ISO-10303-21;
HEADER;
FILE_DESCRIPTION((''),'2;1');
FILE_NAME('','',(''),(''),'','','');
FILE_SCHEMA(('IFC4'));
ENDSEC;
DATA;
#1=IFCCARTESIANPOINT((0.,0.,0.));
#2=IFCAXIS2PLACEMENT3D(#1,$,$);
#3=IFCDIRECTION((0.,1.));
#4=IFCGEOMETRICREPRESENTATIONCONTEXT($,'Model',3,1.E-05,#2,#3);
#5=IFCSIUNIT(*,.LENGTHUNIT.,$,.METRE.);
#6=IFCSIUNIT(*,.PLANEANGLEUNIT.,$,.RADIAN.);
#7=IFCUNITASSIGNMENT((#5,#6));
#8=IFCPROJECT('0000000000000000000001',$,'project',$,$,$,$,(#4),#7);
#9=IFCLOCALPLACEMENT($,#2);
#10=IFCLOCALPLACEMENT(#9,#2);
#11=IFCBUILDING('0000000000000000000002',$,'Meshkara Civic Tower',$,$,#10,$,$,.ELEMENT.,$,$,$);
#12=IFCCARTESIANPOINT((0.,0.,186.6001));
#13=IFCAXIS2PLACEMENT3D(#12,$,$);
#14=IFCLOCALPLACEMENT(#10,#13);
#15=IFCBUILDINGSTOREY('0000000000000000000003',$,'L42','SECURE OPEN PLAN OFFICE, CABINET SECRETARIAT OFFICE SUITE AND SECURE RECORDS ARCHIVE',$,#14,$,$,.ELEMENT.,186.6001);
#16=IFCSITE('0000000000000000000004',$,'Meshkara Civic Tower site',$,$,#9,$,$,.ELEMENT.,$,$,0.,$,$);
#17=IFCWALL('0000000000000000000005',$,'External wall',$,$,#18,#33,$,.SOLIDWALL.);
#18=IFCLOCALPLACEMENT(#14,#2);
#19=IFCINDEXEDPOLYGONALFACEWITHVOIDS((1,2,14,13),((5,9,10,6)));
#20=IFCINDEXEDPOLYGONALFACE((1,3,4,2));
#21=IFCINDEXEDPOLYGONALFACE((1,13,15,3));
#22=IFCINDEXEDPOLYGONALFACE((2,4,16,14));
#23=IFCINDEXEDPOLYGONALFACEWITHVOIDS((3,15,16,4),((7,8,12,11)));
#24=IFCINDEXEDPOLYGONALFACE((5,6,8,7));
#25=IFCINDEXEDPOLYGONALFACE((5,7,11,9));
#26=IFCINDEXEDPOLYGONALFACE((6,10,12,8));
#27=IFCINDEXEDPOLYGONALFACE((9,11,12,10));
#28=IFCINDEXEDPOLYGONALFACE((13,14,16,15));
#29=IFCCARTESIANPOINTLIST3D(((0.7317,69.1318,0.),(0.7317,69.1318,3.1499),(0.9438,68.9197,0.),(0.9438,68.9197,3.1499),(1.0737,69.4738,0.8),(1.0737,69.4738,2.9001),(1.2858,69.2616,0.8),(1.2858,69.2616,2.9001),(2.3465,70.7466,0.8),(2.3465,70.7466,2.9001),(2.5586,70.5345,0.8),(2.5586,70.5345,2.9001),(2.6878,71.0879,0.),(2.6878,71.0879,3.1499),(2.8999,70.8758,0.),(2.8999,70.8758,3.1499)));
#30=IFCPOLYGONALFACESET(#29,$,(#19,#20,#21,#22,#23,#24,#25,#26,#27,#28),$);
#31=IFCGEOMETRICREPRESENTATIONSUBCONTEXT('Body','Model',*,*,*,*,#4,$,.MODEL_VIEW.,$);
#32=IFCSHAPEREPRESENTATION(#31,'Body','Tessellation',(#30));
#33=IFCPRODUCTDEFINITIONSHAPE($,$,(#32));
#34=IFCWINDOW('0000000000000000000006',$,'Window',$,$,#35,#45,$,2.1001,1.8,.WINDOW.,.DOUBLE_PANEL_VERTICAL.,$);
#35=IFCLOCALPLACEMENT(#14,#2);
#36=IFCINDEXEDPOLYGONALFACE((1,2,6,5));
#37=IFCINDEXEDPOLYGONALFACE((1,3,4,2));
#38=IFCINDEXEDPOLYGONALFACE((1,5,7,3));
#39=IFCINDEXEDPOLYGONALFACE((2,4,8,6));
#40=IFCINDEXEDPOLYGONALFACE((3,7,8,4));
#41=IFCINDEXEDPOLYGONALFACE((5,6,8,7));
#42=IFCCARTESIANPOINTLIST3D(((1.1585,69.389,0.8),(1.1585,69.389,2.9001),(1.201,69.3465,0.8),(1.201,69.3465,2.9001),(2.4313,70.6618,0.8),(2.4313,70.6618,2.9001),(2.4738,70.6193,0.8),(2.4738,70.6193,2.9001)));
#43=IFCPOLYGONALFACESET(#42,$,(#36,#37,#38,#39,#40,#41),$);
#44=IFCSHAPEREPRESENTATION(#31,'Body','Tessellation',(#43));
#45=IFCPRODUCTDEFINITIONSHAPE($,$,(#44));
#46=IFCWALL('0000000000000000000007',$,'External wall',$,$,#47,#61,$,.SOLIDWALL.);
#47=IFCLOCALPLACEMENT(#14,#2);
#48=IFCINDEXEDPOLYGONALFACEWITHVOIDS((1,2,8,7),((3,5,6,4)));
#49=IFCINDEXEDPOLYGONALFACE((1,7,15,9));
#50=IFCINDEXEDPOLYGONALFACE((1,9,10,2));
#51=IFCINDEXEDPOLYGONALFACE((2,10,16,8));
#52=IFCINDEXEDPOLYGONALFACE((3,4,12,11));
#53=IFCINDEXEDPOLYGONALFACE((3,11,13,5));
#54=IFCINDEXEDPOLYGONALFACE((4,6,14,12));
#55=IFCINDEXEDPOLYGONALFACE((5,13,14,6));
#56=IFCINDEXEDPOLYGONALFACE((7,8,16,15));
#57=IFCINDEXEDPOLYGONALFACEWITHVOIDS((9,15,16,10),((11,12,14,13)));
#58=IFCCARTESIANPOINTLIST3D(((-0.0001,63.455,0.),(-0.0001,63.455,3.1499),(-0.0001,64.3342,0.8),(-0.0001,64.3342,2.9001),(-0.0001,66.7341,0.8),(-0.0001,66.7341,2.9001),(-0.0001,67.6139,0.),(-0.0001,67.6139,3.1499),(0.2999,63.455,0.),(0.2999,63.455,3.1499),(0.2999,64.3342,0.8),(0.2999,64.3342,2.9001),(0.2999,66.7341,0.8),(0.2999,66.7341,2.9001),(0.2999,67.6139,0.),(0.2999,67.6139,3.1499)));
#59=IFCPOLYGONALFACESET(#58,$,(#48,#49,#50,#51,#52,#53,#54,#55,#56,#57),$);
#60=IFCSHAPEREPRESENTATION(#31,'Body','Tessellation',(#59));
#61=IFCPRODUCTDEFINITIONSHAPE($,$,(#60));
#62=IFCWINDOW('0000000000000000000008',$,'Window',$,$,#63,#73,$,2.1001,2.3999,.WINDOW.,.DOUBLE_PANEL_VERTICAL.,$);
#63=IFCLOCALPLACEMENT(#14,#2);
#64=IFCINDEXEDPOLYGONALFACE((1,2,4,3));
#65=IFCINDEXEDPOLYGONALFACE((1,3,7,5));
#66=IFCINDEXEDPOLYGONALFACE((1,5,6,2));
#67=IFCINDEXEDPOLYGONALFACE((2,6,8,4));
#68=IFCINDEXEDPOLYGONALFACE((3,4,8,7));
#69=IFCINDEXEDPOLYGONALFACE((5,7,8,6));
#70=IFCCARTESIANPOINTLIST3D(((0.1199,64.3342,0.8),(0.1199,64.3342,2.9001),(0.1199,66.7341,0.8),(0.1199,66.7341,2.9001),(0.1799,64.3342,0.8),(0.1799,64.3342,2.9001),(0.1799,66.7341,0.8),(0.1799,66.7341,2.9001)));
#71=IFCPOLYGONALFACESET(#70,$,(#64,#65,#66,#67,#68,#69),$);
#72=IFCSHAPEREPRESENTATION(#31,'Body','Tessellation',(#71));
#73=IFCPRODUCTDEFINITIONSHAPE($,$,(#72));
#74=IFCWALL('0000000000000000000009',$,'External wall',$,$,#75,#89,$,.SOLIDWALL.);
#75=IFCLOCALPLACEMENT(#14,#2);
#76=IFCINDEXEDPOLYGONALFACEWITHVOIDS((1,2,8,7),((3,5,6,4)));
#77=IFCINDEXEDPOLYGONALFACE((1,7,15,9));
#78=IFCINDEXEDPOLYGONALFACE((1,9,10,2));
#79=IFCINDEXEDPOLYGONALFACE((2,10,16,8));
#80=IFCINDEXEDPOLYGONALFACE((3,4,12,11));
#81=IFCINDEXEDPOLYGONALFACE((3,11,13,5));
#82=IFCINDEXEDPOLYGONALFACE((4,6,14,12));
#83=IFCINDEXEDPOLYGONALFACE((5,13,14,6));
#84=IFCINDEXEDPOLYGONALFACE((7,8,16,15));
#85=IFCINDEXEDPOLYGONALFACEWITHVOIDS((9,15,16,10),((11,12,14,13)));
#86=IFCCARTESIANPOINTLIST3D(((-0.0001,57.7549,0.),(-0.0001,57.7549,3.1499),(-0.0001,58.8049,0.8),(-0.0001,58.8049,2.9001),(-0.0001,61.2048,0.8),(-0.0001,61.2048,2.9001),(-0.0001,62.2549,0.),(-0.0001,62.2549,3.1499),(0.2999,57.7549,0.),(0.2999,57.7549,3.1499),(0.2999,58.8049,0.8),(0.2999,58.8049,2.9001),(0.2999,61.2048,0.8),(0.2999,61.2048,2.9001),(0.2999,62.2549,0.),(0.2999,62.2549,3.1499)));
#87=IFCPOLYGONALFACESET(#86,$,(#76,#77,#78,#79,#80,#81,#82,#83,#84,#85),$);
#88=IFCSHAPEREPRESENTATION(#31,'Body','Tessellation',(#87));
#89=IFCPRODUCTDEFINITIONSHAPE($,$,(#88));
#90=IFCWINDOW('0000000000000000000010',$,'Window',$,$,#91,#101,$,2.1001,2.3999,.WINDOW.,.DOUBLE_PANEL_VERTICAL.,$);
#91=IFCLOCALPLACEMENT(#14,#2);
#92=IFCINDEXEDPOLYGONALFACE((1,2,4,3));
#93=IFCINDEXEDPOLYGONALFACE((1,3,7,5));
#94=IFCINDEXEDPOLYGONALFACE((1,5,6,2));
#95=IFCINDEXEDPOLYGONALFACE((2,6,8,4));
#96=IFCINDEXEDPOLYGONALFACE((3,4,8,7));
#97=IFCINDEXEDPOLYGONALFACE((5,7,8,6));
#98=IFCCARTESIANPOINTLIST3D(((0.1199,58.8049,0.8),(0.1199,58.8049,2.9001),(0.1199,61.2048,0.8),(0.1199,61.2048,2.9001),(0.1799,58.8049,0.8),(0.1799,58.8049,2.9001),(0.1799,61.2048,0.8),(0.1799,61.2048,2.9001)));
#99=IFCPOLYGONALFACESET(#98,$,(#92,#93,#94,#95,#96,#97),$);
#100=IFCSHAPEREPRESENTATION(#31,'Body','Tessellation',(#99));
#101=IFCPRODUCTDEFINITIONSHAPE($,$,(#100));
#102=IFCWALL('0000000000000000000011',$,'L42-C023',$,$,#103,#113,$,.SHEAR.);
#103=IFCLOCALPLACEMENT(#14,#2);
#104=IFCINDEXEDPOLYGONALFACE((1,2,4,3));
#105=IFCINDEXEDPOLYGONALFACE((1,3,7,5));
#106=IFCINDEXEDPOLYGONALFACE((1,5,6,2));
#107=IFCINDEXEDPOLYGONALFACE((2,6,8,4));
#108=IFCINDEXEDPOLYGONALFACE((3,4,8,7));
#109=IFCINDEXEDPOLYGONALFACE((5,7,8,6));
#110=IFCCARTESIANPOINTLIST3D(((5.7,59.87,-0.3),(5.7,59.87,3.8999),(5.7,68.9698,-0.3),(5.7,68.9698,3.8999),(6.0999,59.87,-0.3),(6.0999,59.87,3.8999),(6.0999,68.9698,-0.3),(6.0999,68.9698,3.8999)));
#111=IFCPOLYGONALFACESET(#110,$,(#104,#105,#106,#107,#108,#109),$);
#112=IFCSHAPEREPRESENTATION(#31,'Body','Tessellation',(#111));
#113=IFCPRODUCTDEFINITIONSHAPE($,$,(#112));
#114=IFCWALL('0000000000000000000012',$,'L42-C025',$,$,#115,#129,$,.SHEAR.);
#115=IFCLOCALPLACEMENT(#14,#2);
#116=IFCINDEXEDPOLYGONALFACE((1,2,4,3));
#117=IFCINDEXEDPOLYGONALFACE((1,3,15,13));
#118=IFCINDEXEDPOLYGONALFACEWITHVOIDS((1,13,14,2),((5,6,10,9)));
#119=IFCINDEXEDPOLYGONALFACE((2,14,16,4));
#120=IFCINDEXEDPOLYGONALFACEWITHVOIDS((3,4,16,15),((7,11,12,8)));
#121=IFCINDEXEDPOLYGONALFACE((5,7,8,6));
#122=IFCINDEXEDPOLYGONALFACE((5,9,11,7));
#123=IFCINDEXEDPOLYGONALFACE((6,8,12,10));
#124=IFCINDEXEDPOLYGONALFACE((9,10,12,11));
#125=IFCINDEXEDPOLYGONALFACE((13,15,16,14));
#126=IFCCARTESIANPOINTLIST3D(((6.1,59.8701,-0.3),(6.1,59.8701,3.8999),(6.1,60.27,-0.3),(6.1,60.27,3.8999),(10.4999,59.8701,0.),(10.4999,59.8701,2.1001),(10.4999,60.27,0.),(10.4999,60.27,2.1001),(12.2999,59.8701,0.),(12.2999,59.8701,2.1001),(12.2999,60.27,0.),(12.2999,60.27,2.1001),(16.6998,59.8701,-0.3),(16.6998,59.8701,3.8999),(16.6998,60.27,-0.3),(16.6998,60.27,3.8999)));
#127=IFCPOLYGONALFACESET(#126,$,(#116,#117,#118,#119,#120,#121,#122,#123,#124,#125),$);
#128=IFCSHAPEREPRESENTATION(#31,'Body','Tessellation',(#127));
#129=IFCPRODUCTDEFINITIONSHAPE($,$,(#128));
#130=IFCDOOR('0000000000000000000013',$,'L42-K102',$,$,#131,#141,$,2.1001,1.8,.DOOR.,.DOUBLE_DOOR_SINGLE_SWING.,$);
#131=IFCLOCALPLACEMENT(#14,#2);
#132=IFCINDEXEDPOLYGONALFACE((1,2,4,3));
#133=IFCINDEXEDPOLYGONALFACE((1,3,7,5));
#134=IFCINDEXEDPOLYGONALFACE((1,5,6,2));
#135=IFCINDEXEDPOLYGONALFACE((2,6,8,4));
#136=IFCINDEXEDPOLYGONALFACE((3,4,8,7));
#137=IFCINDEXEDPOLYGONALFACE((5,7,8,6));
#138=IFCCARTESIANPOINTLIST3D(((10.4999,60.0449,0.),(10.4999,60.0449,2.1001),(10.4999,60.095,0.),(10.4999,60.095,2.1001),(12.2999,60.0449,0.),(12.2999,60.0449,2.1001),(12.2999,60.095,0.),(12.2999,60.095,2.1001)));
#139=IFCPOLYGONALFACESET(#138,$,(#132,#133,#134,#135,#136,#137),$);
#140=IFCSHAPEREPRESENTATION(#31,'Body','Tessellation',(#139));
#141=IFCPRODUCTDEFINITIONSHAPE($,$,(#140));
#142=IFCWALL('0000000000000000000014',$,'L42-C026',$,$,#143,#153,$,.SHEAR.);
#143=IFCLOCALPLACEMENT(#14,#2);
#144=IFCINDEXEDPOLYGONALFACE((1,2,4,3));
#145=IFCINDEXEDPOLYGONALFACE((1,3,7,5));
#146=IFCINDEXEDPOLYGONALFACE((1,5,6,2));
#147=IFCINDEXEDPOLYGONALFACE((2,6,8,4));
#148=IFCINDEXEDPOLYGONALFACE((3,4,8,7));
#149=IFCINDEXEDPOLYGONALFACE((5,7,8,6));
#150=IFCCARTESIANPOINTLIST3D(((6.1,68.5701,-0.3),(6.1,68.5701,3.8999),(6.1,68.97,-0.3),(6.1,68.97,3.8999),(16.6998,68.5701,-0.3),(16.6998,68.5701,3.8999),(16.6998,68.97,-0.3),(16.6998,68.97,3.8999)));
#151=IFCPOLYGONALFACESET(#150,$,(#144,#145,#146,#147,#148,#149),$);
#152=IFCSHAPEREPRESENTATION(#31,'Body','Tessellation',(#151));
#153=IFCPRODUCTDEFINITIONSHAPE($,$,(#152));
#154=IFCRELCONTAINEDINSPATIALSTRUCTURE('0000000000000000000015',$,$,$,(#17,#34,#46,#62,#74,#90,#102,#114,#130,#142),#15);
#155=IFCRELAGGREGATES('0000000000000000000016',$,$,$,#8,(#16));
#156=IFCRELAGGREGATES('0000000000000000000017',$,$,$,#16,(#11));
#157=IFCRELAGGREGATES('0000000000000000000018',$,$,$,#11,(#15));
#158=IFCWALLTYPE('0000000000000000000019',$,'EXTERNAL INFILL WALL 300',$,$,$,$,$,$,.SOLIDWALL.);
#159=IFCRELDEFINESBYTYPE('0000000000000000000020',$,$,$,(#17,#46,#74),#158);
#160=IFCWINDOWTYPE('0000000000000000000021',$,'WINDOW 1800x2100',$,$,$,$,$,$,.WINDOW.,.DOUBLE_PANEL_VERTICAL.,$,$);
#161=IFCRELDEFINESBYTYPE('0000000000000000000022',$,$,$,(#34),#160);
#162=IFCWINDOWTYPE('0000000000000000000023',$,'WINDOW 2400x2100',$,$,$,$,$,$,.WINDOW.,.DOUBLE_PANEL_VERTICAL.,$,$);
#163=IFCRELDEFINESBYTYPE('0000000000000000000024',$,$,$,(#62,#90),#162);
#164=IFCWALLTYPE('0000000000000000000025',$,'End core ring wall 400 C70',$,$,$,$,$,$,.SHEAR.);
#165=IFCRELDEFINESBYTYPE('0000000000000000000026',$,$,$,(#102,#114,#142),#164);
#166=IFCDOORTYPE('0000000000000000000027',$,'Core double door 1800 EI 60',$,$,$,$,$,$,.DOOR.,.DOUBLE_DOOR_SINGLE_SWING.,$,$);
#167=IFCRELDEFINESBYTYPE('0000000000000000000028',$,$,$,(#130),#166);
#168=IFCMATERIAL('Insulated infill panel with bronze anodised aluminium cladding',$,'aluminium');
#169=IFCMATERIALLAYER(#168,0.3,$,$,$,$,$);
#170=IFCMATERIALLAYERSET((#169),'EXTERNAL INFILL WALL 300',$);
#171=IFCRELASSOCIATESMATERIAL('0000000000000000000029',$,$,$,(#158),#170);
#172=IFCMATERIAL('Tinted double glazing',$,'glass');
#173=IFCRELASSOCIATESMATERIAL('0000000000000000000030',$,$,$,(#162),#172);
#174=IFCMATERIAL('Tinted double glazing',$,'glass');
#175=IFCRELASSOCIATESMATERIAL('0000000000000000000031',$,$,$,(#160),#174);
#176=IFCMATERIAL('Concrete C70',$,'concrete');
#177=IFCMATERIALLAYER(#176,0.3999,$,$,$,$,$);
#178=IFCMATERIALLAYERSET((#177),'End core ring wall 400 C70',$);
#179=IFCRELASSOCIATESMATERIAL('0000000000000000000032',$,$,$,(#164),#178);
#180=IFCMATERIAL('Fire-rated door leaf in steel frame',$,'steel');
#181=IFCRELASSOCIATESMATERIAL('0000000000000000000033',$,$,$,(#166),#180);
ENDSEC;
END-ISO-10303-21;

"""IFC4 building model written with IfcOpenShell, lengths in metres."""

from ifc_helpers import new_model, si_unit, direction, frame, frame_2d, origin, place, context, subcontext, project, spatial, rectangle, extrude, material, layer, layer_set, type_object, element, fill, save


model = new_model("IFC4")

# Units and contexts
model_context = context("Model", 3, precision=1e-05, world=origin(), true_north=direction((0.0, 1.0)))
body_context = subcontext(model_context, "Body", "Model", "MODEL_VIEW")
ifc_project = project(units=[si_unit("LENGTHUNIT", "METRE"), si_unit("PLANEANGLEUNIT", "RADIAN")], contexts=[model_context])

# Site, building, storey
site_placement = place(None, origin())
site = spatial("IfcSite", under=ifc_project, at=site_placement, Name="Meshkara Civic Tower site", CompositionType="ELEMENT", RefElevation=0.0)
building_placement = place(site_placement, origin())
building = spatial("IfcBuilding", under=site, at=building_placement, Name="Meshkara Civic Tower", CompositionType="ELEMENT")
storey_placement = place(building_placement, frame((0.0, 0.0, 186.6001)))
storey = spatial("IfcBuildingStorey", under=building, at=storey_placement, Name="L42", Description="SECURE OPEN PLAN OFFICE, CABINET SECRETARIAT OFFICE SUITE AND SECURE RECORDS ARCHIVE", CompositionType="ELEMENT", Elevation=186.6001)

# Walls, openings, windows
ifc_material_1 = material(Name="Insulated infill panel with bronze anodised aluminium cladding", Category="aluminium")
ifc_layer_1 = layer(ifc_material_1, 0.3)
ifc_layer_set_1 = layer_set([ifc_layer_1], Name="EXTERNAL INFILL WALL 300")
wall_type_1 = type_object("IfcWallType", Name="EXTERNAL INFILL WALL 300", PredefinedType="SOLIDWALL", material=ifc_layer_set_1)
ifc_material_2 = material(Name="Tinted double glazing", Category="glass")
window_type_1 = type_object("IfcWindowType", Name="WINDOW 2400x2100", PartitioningType="DOUBLE_PANEL_VERTICAL", PredefinedType="WINDOW", material=ifc_material_2)
wall_1_placement = place(storey_placement, frame((2.7939, 70.9819, 0.0), z_axis=(0.0, 0.0, 1.0), x_axis=(-0.707107, -0.707107, 0.0)))
wall_1 = element("IfcWall", 1, at=wall_1_placement, inside=storey, type_object=wall_type_1, Name="External wall", PredefinedType="SOLIDWALL", context=body_context, shape_type="SweptSolid", body=[
    extrude(rectangle(XDim=2.7664, YDim=0.3, at=frame_2d((1.3833, 0.0))), origin(), (0.0, 0.0, 1.0), 3.1499),
])
opening_1_placement = place(wall_1_placement, frame((0.4829, 0.0, 0.8)))
opening_1 = element("IfcOpeningElement", 2, at=opening_1_placement, cuts=wall_1, PredefinedType="OPENING", context=body_context, shape_type="SweptSolid", body=[
    extrude(rectangle(XDim=1.8, YDim=2.1001, at=frame_2d((0.8999, 1.05))), frame((0.0, 0.1599, 0.0), z_axis=(0.0, -1.0, 0.0), x_axis=(1.0, 0.0, 0.0)), (0.0, 0.0, 1.0), 0.3201),
])
ifc_material_3 = material(Name="Tinted double glazing", Category="glass")
window_type_2 = type_object("IfcWindowType", Name="WINDOW 1800x2100", PartitioningType="DOUBLE_PANEL_VERTICAL", PredefinedType="WINDOW", material=ifc_material_3)
window_1_placement = place(opening_1_placement, origin())
window_1 = element("IfcWindow", 3, at=window_1_placement, inside=storey, type_object=window_type_2, Name="Window", OverallHeight=2.1001, OverallWidth=1.8, PartitioningType="DOUBLE_PANEL_VERTICAL", PredefinedType="WINDOW", context=body_context, shape_type="SweptSolid", body=[
    extrude(rectangle(XDim=1.8, YDim=2.1001, at=frame_2d((0.8999, 1.05))), frame((0.0, 0.03, 0.0), z_axis=(0.0, -1.0, 0.0), x_axis=(1.0, 0.0, 0.0)), (0.0, 0.0, 1.0), 0.0601),
])
fill(opening_1, window_1)
wall_2_placement = place(storey_placement, frame((0.1499, 67.614, 0.0), z_axis=(0.0, 0.0, 1.0), x_axis=(0.0, -1.0, 0.0)))
wall_2 = element("IfcWall", 4, at=wall_2_placement, inside=storey, type_object=wall_type_1, Name="External wall", PredefinedType="SOLIDWALL", context=body_context, shape_type="SweptSolid", body=[
    extrude(rectangle(XDim=4.1589, YDim=0.3, at=frame_2d((2.0796, 0.0))), origin(), (0.0, 0.0, 1.0), 3.1499),
])
opening_2_placement = place(wall_2_placement, frame((0.8799, 0.0, 0.8)))
opening_2 = element("IfcOpeningElement", 5, at=opening_2_placement, cuts=wall_2, PredefinedType="OPENING", context=body_context, shape_type="SweptSolid", body=[
    extrude(rectangle(XDim=2.3999, YDim=2.1001, at=frame_2d((1.2, 1.05))), frame((0.0, 0.1599, 0.0), z_axis=(0.0, -1.0, 0.0), x_axis=(1.0, 0.0, 0.0)), (0.0, 0.0, 1.0), 0.3201),
])
window_2_placement = place(opening_2_placement, origin())
window_2 = element("IfcWindow", 6, at=window_2_placement, inside=storey, type_object=window_type_1, Name="Window", OverallHeight=2.1001, OverallWidth=2.3999, PartitioningType="DOUBLE_PANEL_VERTICAL", PredefinedType="WINDOW", context=body_context, shape_type="SweptSolid", body=[
    extrude(rectangle(XDim=2.3999, YDim=2.1001, at=frame_2d((1.2, 1.05))), frame((0.0, 0.03, 0.0), z_axis=(0.0, -1.0, 0.0), x_axis=(1.0, 0.0, 0.0)), (0.0, 0.0, 1.0), 0.0601),
])
fill(opening_2, window_2)
wall_3_placement = place(storey_placement, frame((0.1499, 62.2549, 0.0), z_axis=(0.0, 0.0, 1.0), x_axis=(0.0, -1.0, 0.0)))
wall_3 = element("IfcWall", 7, at=wall_3_placement, inside=storey, type_object=wall_type_1, Name="External wall", PredefinedType="SOLIDWALL", context=body_context, shape_type="SweptSolid", body=[
    extrude(rectangle(XDim=4.5, YDim=0.3, at=frame_2d((2.25, 0.0))), origin(), (0.0, 0.0, 1.0), 3.1499),
])
opening_3_placement = place(wall_3_placement, frame((1.05, 0.0, 0.8)))
opening_3 = element("IfcOpeningElement", 8, at=opening_3_placement, cuts=wall_3, PredefinedType="OPENING", context=body_context, shape_type="SweptSolid", body=[
    extrude(rectangle(XDim=2.3999, YDim=2.1001, at=frame_2d((1.2, 1.05))), frame((0.0, 0.1599, 0.0), z_axis=(0.0, -1.0, 0.0), x_axis=(1.0, 0.0, 0.0)), (0.0, 0.0, 1.0), 0.3201),
])
window_3_placement = place(opening_3_placement, origin())
window_3 = element("IfcWindow", 9, at=window_3_placement, inside=storey, type_object=window_type_1, Name="Window", OverallHeight=2.1001, OverallWidth=2.3999, PartitioningType="DOUBLE_PANEL_VERTICAL", PredefinedType="WINDOW", context=body_context, shape_type="SweptSolid", body=[
    extrude(rectangle(XDim=2.3999, YDim=2.1001, at=frame_2d((1.2, 1.05))), frame((0.0, 0.03, 0.0), z_axis=(0.0, -1.0, 0.0), x_axis=(1.0, 0.0, 0.0)), (0.0, 0.0, 1.0), 0.0601),
])
fill(opening_3, window_3)

# Wall
ifc_material_4 = material(Name="Concrete C70", Category="concrete")
ifc_layer_2 = layer(ifc_material_4, 0.3999)
ifc_layer_set_2 = layer_set([ifc_layer_2], Name="End core ring wall 400 C70")
wall_type_2 = type_object("IfcWallType", Name="End core ring wall 400 C70", PredefinedType="SHEAR", material=ifc_layer_set_2)
wall_4_placement = place(storey_placement, frame((5.8999, 59.8701, -0.3), z_axis=(0.0, 0.0, 1.0), x_axis=(0.0, 1.0, 0.0)))
element("IfcWall", 10, at=wall_4_placement, inside=storey, type_object=wall_type_2, Name="L42-C023", PredefinedType="SHEAR", context=body_context, shape_type="SweptSolid", body=[
    extrude(rectangle(XDim=9.0999, YDim=0.3999, at=frame_2d((4.5498, 0.0))), origin(), (0.0, 0.0, 1.0), 4.2),
])

# Wall, opening, door
wall_5_placement = place(storey_placement, frame((6.1001, 60.0701, -0.3), z_axis=(0.0, 0.0, 1.0), x_axis=(1.0, 0.0, 0.0)))
wall_5 = element("IfcWall", 11, at=wall_5_placement, inside=storey, type_object=wall_type_2, Name="L42-C025", PredefinedType="SHEAR", context=body_context, shape_type="SweptSolid", body=[
    extrude(rectangle(XDim=10.5999, YDim=0.3999, at=frame_2d((5.2998, 0.0))), origin(), (0.0, 0.0, 1.0), 4.2),
])
opening_4_placement = place(wall_5_placement, frame((4.3999, 0.0, 0.3)))
opening_4 = element("IfcOpeningElement", 12, at=opening_4_placement, cuts=wall_5, PredefinedType="OPENING", context=body_context, shape_type="SweptSolid", body=[
    extrude(rectangle(XDim=1.8, YDim=2.1001, at=frame_2d((0.8999, 1.05))), frame((0.0, 0.21, 0.0), z_axis=(0.0, -1.0, 0.0), x_axis=(1.0, 0.0, 0.0)), (0.0, 0.0, 1.0), 0.4199),
])
ifc_material_5 = material(Name="Fire-rated door leaf in steel frame", Category="steel")
door_type_1 = type_object("IfcDoorType", Name="Core double door 1800 EI 60", OperationType="DOUBLE_DOOR_SINGLE_SWING", PredefinedType="DOOR", material=ifc_material_5)
door_1_placement = place(opening_4_placement, origin())
door_1 = element("IfcDoor", 13, at=door_1_placement, inside=storey, type_object=door_type_1, Name="L42-K102", OperationType="DOUBLE_DOOR_SINGLE_SWING", OverallHeight=2.1001, OverallWidth=1.8, PredefinedType="DOOR", context=body_context, shape_type="SweptSolid", body=[
    extrude(rectangle(XDim=1.8, YDim=2.1001, at=frame_2d((0.8999, 1.05))), frame((0.0, 0.0249, 0.0), z_axis=(0.0, -1.0, 0.0), x_axis=(1.0, 0.0, 0.0)), (0.0, 0.0, 1.0), 0.05),
])
fill(opening_4, door_1)

# Wall
wall_6_placement = place(storey_placement, frame((6.1001, 68.77, -0.3), z_axis=(0.0, 0.0, 1.0), x_axis=(1.0, 0.0, 0.0)))
element("IfcWall", 14, at=wall_6_placement, inside=storey, type_object=wall_type_2, Name="L42-C026", PredefinedType="SHEAR", context=body_context, shape_type="SweptSolid", body=[
    extrude(rectangle(XDim=10.5999, YDim=0.3999, at=frame_2d((5.2998, 0.0))), origin(), (0.0, 0.0, 1.0), 4.2),
])

save(model, "model.ifc")
